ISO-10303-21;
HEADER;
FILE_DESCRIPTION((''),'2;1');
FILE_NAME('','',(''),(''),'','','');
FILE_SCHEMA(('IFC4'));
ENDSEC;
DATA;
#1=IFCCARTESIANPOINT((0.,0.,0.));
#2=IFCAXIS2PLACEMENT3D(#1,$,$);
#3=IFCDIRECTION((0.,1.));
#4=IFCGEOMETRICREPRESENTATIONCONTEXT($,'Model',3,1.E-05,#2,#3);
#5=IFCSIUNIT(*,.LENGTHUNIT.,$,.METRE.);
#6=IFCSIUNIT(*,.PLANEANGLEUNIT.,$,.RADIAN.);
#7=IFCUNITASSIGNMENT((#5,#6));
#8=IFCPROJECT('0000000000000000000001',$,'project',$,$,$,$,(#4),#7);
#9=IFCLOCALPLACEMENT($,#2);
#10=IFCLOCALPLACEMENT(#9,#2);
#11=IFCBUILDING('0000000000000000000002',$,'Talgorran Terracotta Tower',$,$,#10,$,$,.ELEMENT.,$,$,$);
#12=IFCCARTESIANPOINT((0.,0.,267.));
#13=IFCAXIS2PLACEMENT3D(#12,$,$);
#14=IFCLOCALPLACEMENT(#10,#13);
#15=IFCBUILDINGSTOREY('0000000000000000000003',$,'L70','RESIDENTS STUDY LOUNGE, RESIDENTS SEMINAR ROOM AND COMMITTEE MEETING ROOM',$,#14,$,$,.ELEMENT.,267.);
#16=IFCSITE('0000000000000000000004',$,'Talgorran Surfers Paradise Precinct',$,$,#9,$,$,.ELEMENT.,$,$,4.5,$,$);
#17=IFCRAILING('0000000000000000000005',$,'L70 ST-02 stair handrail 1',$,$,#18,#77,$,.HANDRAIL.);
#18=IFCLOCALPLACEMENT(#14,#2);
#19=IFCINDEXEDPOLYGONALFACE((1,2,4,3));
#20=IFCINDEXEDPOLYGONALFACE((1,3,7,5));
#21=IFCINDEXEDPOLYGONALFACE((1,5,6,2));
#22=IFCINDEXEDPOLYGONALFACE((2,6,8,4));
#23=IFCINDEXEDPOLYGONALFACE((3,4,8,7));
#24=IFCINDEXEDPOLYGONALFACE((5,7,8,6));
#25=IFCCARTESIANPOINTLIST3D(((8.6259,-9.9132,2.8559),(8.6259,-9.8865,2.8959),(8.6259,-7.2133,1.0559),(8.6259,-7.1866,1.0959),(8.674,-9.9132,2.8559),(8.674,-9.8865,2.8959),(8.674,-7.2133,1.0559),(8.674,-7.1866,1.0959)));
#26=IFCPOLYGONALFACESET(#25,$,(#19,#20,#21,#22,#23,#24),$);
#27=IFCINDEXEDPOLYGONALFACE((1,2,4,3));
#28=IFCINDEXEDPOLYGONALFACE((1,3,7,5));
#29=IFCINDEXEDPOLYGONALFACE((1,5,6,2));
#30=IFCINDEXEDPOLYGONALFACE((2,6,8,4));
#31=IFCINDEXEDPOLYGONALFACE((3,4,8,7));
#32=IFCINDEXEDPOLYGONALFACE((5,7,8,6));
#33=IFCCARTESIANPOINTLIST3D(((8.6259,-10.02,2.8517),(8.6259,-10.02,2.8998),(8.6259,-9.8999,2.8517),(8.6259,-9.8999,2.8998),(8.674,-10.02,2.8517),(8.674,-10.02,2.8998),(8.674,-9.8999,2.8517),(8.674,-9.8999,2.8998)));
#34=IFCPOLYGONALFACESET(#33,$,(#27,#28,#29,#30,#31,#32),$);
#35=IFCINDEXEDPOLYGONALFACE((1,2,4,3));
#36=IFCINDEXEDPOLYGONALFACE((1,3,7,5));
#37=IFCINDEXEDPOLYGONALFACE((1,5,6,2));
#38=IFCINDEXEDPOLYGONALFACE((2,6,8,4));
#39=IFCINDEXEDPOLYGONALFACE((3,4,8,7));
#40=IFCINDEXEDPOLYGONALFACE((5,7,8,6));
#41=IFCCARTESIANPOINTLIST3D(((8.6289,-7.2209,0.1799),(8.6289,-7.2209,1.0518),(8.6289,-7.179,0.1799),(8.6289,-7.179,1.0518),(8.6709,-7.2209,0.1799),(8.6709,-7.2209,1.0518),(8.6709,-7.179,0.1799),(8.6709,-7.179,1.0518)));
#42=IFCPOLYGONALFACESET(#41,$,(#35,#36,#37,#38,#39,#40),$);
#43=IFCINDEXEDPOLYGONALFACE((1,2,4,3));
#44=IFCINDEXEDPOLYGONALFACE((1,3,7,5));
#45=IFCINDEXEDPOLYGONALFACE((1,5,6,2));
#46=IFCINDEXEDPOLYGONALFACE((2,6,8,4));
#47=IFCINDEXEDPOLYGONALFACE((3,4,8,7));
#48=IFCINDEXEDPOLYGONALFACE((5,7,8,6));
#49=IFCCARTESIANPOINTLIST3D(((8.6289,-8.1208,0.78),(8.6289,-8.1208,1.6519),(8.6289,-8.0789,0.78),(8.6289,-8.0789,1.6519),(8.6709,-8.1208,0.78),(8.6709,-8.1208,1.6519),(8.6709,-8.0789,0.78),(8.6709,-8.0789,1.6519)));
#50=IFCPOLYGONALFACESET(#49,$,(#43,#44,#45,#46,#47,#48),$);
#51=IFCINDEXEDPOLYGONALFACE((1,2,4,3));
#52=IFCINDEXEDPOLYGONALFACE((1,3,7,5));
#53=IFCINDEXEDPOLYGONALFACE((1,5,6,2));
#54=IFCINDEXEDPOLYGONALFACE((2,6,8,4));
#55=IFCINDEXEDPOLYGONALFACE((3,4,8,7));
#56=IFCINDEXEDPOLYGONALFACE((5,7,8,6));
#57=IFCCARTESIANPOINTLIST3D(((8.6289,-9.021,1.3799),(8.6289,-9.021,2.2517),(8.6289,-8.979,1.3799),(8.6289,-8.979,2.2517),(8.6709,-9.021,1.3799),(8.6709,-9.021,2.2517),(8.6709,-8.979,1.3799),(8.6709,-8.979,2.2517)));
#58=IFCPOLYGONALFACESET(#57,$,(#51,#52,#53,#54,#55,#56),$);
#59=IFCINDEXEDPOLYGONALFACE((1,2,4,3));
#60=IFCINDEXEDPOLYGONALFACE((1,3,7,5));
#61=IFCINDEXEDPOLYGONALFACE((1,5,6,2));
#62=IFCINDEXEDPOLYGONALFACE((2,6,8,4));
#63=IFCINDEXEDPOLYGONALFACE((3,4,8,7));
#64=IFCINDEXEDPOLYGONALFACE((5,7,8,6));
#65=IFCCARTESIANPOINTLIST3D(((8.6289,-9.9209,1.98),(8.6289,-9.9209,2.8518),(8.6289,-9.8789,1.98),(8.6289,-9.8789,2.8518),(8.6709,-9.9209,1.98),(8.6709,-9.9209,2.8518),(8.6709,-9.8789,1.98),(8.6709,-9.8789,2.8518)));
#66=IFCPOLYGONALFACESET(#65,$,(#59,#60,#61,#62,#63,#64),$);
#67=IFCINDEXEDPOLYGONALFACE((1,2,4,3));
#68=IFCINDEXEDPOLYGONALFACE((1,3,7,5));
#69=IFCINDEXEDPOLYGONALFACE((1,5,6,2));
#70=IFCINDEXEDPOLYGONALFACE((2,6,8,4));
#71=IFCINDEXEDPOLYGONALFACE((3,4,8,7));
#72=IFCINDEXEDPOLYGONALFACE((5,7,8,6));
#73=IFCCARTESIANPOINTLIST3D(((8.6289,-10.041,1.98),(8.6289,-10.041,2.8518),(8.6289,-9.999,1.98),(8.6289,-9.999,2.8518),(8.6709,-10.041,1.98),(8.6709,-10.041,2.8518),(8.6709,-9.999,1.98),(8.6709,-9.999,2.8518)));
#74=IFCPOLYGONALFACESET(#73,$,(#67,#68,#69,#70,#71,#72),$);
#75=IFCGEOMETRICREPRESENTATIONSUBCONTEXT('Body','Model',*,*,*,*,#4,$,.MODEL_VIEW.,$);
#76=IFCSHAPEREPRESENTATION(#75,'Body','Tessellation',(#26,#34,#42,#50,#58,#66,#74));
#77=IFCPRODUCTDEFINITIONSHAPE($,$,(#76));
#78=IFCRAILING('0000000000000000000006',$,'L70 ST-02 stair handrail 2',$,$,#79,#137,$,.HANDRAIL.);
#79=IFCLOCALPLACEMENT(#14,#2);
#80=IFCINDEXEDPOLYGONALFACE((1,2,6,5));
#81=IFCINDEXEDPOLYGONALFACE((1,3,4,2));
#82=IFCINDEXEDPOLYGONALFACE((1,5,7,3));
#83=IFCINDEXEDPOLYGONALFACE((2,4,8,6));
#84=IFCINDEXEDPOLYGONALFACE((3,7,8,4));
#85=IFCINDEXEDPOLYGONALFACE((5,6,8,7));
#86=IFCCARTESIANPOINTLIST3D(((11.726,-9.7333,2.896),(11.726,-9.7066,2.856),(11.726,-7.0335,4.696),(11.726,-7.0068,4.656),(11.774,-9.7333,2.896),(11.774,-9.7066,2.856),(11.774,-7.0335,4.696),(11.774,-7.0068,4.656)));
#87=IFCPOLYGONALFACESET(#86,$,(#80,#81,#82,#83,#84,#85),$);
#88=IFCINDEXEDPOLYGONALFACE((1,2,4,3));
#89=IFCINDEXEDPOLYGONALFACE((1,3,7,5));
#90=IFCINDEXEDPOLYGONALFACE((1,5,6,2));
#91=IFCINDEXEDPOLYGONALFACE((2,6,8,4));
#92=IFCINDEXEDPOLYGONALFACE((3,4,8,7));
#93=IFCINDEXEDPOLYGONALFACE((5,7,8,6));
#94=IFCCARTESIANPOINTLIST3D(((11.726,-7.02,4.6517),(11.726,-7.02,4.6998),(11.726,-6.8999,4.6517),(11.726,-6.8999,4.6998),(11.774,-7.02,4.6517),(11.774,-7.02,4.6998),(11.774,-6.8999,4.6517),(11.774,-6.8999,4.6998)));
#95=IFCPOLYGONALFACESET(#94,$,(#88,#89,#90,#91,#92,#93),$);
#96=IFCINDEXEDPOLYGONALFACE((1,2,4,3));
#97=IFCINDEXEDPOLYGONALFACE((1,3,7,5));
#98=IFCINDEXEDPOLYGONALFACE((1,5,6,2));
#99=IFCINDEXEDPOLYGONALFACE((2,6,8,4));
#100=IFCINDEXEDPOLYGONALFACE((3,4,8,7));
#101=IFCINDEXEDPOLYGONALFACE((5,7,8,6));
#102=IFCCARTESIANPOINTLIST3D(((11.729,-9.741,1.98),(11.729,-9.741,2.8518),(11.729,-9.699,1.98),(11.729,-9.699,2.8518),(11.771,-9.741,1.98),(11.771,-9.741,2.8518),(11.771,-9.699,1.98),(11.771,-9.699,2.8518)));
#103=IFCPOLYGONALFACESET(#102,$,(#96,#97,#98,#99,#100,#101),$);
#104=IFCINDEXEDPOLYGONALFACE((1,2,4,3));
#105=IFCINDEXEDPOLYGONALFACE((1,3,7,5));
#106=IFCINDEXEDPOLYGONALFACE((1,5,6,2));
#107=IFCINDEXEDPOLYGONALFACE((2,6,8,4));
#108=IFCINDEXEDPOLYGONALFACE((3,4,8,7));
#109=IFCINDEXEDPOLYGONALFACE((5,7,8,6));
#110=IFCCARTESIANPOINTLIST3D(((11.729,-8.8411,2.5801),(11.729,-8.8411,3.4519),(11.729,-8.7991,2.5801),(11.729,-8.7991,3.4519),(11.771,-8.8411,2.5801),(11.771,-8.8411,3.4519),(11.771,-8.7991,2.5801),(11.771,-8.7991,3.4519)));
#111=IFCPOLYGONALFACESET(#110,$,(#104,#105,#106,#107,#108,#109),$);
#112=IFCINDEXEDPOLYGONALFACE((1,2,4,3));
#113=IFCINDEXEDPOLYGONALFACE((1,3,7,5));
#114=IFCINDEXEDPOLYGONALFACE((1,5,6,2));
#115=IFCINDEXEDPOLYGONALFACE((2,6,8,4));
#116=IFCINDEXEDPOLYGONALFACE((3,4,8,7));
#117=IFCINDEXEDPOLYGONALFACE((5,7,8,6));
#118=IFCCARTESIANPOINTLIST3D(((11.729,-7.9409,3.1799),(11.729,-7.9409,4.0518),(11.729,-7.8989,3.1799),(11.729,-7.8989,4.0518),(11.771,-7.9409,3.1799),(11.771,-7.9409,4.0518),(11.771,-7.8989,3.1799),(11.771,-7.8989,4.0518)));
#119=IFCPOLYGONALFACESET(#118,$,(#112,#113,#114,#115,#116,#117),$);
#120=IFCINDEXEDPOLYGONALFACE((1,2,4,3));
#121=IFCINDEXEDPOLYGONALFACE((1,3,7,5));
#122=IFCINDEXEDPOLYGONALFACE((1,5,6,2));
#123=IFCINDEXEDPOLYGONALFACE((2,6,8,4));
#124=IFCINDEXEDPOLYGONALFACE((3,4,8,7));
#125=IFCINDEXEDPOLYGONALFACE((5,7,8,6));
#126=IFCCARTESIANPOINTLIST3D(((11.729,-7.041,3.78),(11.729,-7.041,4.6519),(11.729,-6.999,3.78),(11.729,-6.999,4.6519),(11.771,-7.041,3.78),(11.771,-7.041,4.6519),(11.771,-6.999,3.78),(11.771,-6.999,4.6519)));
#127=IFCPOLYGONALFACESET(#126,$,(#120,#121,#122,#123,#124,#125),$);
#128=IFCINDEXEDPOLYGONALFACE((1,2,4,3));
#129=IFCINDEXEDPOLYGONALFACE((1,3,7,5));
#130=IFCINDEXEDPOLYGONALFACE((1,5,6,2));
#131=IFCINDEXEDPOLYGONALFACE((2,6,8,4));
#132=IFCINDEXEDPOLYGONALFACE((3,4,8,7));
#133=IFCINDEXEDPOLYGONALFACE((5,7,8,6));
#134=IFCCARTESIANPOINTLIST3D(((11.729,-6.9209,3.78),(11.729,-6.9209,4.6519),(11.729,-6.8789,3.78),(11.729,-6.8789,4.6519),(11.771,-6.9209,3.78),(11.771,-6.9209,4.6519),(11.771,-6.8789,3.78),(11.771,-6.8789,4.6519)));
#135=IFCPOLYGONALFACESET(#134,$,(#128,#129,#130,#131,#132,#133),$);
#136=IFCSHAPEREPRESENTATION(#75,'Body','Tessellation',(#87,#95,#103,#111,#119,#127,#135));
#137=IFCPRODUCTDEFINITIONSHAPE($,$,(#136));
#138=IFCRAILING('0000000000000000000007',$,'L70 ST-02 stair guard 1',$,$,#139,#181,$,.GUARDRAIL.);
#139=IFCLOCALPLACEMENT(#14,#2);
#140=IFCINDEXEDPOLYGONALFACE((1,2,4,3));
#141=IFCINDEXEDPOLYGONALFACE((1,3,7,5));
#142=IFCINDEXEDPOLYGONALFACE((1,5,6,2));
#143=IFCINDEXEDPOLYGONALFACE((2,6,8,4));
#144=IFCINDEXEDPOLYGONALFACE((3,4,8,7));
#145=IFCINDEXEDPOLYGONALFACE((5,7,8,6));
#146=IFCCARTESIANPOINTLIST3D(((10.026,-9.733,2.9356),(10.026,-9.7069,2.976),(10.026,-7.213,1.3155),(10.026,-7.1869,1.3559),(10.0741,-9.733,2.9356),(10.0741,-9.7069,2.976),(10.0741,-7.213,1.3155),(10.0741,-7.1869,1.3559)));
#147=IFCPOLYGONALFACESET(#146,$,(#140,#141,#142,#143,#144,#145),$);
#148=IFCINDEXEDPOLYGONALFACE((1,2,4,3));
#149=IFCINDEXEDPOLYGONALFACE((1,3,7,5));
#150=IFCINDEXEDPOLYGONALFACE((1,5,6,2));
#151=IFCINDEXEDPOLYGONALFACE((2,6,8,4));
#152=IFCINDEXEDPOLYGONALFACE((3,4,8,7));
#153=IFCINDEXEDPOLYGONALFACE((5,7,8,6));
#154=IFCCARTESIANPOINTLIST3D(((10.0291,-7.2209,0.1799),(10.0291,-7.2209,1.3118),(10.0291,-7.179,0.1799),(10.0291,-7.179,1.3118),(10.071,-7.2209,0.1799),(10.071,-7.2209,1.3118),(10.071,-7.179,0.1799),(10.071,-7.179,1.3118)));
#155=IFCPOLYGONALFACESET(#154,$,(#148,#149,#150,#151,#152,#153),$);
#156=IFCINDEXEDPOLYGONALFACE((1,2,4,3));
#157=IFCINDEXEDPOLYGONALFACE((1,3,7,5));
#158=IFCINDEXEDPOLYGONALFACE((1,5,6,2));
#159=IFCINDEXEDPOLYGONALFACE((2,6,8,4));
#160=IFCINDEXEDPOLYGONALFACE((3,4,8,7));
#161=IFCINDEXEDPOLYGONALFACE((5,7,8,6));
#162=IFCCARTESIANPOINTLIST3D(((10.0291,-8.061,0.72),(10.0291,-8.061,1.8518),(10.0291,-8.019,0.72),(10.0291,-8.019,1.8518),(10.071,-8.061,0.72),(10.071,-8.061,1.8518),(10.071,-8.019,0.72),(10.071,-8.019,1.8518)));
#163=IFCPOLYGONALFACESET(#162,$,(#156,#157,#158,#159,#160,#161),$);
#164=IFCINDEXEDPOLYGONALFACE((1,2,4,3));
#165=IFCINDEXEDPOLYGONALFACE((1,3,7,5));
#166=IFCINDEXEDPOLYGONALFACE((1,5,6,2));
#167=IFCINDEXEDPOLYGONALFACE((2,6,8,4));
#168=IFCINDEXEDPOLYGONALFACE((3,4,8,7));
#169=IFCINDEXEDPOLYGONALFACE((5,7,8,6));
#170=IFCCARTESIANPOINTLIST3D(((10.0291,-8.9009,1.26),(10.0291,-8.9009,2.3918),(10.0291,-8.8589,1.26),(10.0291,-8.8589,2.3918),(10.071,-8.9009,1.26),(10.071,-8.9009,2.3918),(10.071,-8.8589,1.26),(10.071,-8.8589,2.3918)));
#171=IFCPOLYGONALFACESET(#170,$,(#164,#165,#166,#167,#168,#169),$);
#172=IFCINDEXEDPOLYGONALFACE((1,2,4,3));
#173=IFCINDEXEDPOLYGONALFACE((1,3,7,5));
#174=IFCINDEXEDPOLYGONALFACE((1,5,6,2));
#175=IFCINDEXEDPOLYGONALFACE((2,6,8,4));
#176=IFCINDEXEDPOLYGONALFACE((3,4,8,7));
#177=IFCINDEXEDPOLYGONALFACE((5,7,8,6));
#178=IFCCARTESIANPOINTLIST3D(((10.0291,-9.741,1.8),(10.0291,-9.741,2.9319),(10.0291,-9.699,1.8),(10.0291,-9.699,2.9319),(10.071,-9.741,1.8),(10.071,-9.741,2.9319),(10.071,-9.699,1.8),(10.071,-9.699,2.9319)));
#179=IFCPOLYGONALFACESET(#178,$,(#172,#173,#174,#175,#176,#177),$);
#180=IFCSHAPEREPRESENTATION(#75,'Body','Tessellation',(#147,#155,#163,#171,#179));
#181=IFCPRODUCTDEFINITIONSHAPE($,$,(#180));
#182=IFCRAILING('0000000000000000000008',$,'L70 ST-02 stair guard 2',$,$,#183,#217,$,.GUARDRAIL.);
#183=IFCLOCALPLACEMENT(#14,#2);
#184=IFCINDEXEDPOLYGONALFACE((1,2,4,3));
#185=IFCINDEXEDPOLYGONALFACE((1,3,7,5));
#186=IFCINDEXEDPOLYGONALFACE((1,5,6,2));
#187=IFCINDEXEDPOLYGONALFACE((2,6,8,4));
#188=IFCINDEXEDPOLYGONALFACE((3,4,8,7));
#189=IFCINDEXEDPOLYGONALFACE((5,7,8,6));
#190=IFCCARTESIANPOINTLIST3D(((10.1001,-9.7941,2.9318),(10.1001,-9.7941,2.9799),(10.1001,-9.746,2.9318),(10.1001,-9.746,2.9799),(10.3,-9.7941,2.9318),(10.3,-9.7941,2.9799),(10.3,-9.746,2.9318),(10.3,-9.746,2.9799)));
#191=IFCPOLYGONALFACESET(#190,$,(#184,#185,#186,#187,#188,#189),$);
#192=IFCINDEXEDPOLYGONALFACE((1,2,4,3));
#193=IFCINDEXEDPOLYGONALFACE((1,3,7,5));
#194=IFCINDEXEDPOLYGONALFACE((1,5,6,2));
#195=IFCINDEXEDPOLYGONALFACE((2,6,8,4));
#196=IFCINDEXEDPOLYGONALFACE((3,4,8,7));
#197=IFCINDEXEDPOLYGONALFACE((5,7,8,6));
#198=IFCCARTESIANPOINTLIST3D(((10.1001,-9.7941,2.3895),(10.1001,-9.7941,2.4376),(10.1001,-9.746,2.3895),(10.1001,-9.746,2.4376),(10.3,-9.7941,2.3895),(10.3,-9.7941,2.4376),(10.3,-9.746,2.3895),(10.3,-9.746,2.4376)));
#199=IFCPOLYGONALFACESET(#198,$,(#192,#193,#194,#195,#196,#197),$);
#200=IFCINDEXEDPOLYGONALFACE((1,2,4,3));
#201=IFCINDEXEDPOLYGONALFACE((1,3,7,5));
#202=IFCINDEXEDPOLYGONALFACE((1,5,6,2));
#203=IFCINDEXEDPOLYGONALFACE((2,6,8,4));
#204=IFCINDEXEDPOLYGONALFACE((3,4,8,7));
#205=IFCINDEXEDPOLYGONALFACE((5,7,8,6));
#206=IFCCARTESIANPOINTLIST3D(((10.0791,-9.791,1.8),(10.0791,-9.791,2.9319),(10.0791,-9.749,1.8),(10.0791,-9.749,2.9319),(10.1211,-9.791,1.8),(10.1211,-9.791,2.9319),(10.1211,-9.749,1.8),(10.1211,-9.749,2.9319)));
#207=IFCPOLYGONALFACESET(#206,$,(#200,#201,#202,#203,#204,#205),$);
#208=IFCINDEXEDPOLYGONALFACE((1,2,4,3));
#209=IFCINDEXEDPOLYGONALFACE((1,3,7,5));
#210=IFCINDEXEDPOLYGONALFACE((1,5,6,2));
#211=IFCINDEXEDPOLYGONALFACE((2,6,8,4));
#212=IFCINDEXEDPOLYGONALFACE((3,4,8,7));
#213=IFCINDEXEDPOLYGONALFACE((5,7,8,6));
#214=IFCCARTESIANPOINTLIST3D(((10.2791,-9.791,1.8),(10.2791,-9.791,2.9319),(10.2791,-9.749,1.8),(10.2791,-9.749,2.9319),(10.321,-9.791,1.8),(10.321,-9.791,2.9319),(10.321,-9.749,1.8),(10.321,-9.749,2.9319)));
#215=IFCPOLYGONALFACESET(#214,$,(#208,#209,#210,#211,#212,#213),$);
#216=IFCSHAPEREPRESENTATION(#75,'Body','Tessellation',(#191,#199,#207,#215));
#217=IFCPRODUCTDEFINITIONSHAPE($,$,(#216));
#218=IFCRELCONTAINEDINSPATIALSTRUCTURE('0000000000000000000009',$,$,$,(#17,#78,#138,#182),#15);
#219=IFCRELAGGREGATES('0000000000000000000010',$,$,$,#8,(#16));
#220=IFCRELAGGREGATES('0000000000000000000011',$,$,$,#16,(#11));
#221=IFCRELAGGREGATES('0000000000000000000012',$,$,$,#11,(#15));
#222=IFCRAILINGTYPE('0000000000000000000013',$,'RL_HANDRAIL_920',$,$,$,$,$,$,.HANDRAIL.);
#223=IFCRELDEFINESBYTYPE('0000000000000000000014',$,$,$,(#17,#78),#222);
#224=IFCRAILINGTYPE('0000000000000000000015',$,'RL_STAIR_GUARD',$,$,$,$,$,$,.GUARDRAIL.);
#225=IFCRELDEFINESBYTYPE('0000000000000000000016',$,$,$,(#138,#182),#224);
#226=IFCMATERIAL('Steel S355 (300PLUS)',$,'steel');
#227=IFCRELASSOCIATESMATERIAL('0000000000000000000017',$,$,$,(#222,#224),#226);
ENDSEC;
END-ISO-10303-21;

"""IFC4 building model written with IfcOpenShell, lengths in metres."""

from ifc_helpers import new_model, si_unit, direction, frame, origin, origin_2d, place, context, subcontext, project, spatial, rectangle, extrude, material, type_object, element, save


model = new_model("IFC4")

# Units and contexts
model_context = context("Model", 3, precision=1e-05, world=origin(), true_north=direction((0.0, 1.0)))
body_context = subcontext(model_context, "Body", "Model", "MODEL_VIEW")
ifc_project = project(units=[si_unit("LENGTHUNIT", "METRE"), si_unit("PLANEANGLEUNIT", "RADIAN")], contexts=[model_context])

# Site, building, storey
site_placement = place(None, origin())
site = spatial("IfcSite", under=ifc_project, at=site_placement, Name="Talgorran Surfers Paradise Precinct", CompositionType="ELEMENT", RefElevation=4.5)
building_placement = place(site_placement, origin())
building = spatial("IfcBuilding", under=site, at=building_placement, Name="Talgorran Terracotta Tower", CompositionType="ELEMENT")
storey_placement = place(building_placement, frame((0.0, 0.0, 267.0)))
storey = spatial("IfcBuildingStorey", under=building, at=storey_placement, Name="L70", Description="RESIDENTS STUDY LOUNGE, RESIDENTS SEMINAR ROOM AND COMMITTEE MEETING ROOM", CompositionType="ELEMENT", Elevation=267.0)

# Shared definitions
ifc_material_1 = material(Name="Steel S355 (300PLUS)", Category="steel")

# Railings
railing_type_1 = type_object("IfcRailingType", Name="RL_HANDRAIL_920", PredefinedType="HANDRAIL", material=ifc_material_1)
railing_1_placement = place(storey_placement, frame((8.6499, -7.2, 0.1799)))
element("IfcRailing", 1, at=railing_1_placement, inside=storey, type_object=railing_type_1, Name="L70 ST-02 stair handrail 1", PredefinedType="HANDRAIL", context=body_context, shape_type="SweptSolid", body=[
    extrude(rectangle(XDim=0.0481, YDim=0.0481, at=origin_2d()), frame((0.0, 0.0, 0.896), z_axis=(0.0, -0.832039, 0.554718), x_axis=(1.0, 0.0, 0.0)), (0.0, 0.0, 1.0), 3.2449),
    extrude(rectangle(XDim=0.0481, YDim=0.0481, at=origin_2d()), frame((0.0, -2.7, 2.6958), z_axis=(0.0, -1.0, 0.0), x_axis=(1.0, 0.0, 0.0)), (0.0, 0.0, 1.0), 0.1201),
    extrude(rectangle(XDim=0.042, YDim=0.042, at=origin_2d()), origin(), (0.0, 0.0, 1.0), 0.8718),
    extrude(rectangle(XDim=0.042, YDim=0.042, at=origin_2d()), frame((0.0, -0.8999, 0.6001)), (0.0, 0.0, 1.0), 0.8718),
    extrude(rectangle(XDim=0.042, YDim=0.042, at=origin_2d()), frame((0.0, -1.8, 1.2)), (0.0, 0.0, 1.0), 0.8718),
    extrude(rectangle(XDim=0.042, YDim=0.042, at=origin_2d()), frame((0.0, -2.7, 1.8)), (0.0, 0.0, 1.0), 0.8718),
    extrude(rectangle(XDim=0.042, YDim=0.042, at=origin_2d()), frame((0.0, -2.8201, 1.8)), (0.0, 0.0, 1.0), 0.8718),
])
railing_2_placement = place(storey_placement, frame((11.75, -9.72, 1.98)))
element("IfcRailing", 2, at=railing_2_placement, inside=storey, type_object=railing_type_1, Name="L70 ST-02 stair handrail 2", PredefinedType="HANDRAIL", context=body_context, shape_type="SweptSolid", body=[
    extrude(rectangle(XDim=0.0481, YDim=0.0481, at=origin_2d()), frame((0.0, 0.0, 0.896), z_axis=(0.0, 0.832039, 0.554718), x_axis=(-1.0, 0.0, 0.0)), (0.0, 0.0, 1.0), 3.2449),
    extrude(rectangle(XDim=0.0481, YDim=0.0481, at=origin_2d()), frame((0.0, 2.7, 2.6958), z_axis=(0.0, 1.0, 0.0), x_axis=(-1.0, 0.0, 0.0)), (0.0, 0.0, 1.0), 0.1201),
    extrude(rectangle(XDim=0.042, YDim=0.042, at=origin_2d()), origin(), (0.0, 0.0, 1.0), 0.8718),
    extrude(rectangle(XDim=0.042, YDim=0.042, at=origin_2d()), frame((0.0, 0.8999, 0.6001)), (0.0, 0.0, 1.0), 0.8718),
    extrude(rectangle(XDim=0.042, YDim=0.042, at=origin_2d()), frame((0.0, 1.8, 1.2)), (0.0, 0.0, 1.0), 0.8718),
    extrude(rectangle(XDim=0.042, YDim=0.042, at=origin_2d()), frame((0.0, 2.7, 1.8)), (0.0, 0.0, 1.0), 0.8718),
    extrude(rectangle(XDim=0.042, YDim=0.042, at=origin_2d()), frame((0.0, 2.8201, 1.8)), (0.0, 0.0, 1.0), 0.8718),
])
railing_type_2 = type_object("IfcRailingType", Name="RL_STAIR_GUARD", PredefinedType="GUARDRAIL", material=ifc_material_1)
railing_3_placement = place(storey_placement, frame((10.05, -7.2, 0.1799)))
element("IfcRailing", 3, at=railing_3_placement, inside=storey, type_object=railing_type_2, Name="L70 ST-02 stair guard 1", PredefinedType="GUARDRAIL", context=body_context, shape_type="SweptSolid", body=[
    extrude(rectangle(XDim=0.0481, YDim=0.0481, at=origin_2d()), frame((0.0, 0.0, 1.1558), z_axis=(0.0, -0.841163, 0.540782), x_axis=(1.0, 0.0, 0.0)), (0.0, 0.0, 1.0), 2.9958),
    extrude(rectangle(XDim=0.042, YDim=0.042, at=origin_2d()), origin(), (0.0, 0.0, 1.0), 1.1318),
    extrude(rectangle(XDim=0.042, YDim=0.042, at=origin_2d()), frame((0.0, -0.8401, 0.54)), (0.0, 0.0, 1.0), 1.1318),
    extrude(rectangle(XDim=0.042, YDim=0.042, at=origin_2d()), frame((0.0, -1.6799, 1.0801)), (0.0, 0.0, 1.0), 1.1318),
    extrude(rectangle(XDim=0.042, YDim=0.042, at=origin_2d()), frame((0.0, -2.52, 1.6201)), (0.0, 0.0, 1.0), 1.1318),
])
railing_4_placement = place(storey_placement, frame((10.1001, -9.77, 1.8)))
element("IfcRailing", 4, at=railing_4_placement, inside=storey, type_object=railing_type_2, Name="L70 ST-02 stair guard 2", PredefinedType="GUARDRAIL", context=body_context, shape_type="SweptSolid", body=[
    extrude(rectangle(XDim=0.0481, YDim=0.0481, at=origin_2d()), frame((0.0, 0.0, 1.1558), z_axis=(1.0, 0.0, 0.0), x_axis=(0.0, 1.0, 0.0)), (0.0, 0.0, 1.0), 0.2),
    extrude(rectangle(XDim=0.0481, YDim=0.0481, at=origin_2d()), frame((0.0, 0.0, 0.6135), z_axis=(1.0, 0.0, 0.0), x_axis=(0.0, 1.0, 0.0)), (0.0, 0.0, 1.0), 0.2),
    extrude(rectangle(XDim=0.042, YDim=0.042, at=origin_2d()), origin(), (0.0, 0.0, 1.0), 1.1318),
    extrude(rectangle(XDim=0.042, YDim=0.042, at=origin_2d()), frame((0.2, 0.0, 0.0)), (0.0, 0.0, 1.0), 1.1318),
])

save(model, "model.ifc")
